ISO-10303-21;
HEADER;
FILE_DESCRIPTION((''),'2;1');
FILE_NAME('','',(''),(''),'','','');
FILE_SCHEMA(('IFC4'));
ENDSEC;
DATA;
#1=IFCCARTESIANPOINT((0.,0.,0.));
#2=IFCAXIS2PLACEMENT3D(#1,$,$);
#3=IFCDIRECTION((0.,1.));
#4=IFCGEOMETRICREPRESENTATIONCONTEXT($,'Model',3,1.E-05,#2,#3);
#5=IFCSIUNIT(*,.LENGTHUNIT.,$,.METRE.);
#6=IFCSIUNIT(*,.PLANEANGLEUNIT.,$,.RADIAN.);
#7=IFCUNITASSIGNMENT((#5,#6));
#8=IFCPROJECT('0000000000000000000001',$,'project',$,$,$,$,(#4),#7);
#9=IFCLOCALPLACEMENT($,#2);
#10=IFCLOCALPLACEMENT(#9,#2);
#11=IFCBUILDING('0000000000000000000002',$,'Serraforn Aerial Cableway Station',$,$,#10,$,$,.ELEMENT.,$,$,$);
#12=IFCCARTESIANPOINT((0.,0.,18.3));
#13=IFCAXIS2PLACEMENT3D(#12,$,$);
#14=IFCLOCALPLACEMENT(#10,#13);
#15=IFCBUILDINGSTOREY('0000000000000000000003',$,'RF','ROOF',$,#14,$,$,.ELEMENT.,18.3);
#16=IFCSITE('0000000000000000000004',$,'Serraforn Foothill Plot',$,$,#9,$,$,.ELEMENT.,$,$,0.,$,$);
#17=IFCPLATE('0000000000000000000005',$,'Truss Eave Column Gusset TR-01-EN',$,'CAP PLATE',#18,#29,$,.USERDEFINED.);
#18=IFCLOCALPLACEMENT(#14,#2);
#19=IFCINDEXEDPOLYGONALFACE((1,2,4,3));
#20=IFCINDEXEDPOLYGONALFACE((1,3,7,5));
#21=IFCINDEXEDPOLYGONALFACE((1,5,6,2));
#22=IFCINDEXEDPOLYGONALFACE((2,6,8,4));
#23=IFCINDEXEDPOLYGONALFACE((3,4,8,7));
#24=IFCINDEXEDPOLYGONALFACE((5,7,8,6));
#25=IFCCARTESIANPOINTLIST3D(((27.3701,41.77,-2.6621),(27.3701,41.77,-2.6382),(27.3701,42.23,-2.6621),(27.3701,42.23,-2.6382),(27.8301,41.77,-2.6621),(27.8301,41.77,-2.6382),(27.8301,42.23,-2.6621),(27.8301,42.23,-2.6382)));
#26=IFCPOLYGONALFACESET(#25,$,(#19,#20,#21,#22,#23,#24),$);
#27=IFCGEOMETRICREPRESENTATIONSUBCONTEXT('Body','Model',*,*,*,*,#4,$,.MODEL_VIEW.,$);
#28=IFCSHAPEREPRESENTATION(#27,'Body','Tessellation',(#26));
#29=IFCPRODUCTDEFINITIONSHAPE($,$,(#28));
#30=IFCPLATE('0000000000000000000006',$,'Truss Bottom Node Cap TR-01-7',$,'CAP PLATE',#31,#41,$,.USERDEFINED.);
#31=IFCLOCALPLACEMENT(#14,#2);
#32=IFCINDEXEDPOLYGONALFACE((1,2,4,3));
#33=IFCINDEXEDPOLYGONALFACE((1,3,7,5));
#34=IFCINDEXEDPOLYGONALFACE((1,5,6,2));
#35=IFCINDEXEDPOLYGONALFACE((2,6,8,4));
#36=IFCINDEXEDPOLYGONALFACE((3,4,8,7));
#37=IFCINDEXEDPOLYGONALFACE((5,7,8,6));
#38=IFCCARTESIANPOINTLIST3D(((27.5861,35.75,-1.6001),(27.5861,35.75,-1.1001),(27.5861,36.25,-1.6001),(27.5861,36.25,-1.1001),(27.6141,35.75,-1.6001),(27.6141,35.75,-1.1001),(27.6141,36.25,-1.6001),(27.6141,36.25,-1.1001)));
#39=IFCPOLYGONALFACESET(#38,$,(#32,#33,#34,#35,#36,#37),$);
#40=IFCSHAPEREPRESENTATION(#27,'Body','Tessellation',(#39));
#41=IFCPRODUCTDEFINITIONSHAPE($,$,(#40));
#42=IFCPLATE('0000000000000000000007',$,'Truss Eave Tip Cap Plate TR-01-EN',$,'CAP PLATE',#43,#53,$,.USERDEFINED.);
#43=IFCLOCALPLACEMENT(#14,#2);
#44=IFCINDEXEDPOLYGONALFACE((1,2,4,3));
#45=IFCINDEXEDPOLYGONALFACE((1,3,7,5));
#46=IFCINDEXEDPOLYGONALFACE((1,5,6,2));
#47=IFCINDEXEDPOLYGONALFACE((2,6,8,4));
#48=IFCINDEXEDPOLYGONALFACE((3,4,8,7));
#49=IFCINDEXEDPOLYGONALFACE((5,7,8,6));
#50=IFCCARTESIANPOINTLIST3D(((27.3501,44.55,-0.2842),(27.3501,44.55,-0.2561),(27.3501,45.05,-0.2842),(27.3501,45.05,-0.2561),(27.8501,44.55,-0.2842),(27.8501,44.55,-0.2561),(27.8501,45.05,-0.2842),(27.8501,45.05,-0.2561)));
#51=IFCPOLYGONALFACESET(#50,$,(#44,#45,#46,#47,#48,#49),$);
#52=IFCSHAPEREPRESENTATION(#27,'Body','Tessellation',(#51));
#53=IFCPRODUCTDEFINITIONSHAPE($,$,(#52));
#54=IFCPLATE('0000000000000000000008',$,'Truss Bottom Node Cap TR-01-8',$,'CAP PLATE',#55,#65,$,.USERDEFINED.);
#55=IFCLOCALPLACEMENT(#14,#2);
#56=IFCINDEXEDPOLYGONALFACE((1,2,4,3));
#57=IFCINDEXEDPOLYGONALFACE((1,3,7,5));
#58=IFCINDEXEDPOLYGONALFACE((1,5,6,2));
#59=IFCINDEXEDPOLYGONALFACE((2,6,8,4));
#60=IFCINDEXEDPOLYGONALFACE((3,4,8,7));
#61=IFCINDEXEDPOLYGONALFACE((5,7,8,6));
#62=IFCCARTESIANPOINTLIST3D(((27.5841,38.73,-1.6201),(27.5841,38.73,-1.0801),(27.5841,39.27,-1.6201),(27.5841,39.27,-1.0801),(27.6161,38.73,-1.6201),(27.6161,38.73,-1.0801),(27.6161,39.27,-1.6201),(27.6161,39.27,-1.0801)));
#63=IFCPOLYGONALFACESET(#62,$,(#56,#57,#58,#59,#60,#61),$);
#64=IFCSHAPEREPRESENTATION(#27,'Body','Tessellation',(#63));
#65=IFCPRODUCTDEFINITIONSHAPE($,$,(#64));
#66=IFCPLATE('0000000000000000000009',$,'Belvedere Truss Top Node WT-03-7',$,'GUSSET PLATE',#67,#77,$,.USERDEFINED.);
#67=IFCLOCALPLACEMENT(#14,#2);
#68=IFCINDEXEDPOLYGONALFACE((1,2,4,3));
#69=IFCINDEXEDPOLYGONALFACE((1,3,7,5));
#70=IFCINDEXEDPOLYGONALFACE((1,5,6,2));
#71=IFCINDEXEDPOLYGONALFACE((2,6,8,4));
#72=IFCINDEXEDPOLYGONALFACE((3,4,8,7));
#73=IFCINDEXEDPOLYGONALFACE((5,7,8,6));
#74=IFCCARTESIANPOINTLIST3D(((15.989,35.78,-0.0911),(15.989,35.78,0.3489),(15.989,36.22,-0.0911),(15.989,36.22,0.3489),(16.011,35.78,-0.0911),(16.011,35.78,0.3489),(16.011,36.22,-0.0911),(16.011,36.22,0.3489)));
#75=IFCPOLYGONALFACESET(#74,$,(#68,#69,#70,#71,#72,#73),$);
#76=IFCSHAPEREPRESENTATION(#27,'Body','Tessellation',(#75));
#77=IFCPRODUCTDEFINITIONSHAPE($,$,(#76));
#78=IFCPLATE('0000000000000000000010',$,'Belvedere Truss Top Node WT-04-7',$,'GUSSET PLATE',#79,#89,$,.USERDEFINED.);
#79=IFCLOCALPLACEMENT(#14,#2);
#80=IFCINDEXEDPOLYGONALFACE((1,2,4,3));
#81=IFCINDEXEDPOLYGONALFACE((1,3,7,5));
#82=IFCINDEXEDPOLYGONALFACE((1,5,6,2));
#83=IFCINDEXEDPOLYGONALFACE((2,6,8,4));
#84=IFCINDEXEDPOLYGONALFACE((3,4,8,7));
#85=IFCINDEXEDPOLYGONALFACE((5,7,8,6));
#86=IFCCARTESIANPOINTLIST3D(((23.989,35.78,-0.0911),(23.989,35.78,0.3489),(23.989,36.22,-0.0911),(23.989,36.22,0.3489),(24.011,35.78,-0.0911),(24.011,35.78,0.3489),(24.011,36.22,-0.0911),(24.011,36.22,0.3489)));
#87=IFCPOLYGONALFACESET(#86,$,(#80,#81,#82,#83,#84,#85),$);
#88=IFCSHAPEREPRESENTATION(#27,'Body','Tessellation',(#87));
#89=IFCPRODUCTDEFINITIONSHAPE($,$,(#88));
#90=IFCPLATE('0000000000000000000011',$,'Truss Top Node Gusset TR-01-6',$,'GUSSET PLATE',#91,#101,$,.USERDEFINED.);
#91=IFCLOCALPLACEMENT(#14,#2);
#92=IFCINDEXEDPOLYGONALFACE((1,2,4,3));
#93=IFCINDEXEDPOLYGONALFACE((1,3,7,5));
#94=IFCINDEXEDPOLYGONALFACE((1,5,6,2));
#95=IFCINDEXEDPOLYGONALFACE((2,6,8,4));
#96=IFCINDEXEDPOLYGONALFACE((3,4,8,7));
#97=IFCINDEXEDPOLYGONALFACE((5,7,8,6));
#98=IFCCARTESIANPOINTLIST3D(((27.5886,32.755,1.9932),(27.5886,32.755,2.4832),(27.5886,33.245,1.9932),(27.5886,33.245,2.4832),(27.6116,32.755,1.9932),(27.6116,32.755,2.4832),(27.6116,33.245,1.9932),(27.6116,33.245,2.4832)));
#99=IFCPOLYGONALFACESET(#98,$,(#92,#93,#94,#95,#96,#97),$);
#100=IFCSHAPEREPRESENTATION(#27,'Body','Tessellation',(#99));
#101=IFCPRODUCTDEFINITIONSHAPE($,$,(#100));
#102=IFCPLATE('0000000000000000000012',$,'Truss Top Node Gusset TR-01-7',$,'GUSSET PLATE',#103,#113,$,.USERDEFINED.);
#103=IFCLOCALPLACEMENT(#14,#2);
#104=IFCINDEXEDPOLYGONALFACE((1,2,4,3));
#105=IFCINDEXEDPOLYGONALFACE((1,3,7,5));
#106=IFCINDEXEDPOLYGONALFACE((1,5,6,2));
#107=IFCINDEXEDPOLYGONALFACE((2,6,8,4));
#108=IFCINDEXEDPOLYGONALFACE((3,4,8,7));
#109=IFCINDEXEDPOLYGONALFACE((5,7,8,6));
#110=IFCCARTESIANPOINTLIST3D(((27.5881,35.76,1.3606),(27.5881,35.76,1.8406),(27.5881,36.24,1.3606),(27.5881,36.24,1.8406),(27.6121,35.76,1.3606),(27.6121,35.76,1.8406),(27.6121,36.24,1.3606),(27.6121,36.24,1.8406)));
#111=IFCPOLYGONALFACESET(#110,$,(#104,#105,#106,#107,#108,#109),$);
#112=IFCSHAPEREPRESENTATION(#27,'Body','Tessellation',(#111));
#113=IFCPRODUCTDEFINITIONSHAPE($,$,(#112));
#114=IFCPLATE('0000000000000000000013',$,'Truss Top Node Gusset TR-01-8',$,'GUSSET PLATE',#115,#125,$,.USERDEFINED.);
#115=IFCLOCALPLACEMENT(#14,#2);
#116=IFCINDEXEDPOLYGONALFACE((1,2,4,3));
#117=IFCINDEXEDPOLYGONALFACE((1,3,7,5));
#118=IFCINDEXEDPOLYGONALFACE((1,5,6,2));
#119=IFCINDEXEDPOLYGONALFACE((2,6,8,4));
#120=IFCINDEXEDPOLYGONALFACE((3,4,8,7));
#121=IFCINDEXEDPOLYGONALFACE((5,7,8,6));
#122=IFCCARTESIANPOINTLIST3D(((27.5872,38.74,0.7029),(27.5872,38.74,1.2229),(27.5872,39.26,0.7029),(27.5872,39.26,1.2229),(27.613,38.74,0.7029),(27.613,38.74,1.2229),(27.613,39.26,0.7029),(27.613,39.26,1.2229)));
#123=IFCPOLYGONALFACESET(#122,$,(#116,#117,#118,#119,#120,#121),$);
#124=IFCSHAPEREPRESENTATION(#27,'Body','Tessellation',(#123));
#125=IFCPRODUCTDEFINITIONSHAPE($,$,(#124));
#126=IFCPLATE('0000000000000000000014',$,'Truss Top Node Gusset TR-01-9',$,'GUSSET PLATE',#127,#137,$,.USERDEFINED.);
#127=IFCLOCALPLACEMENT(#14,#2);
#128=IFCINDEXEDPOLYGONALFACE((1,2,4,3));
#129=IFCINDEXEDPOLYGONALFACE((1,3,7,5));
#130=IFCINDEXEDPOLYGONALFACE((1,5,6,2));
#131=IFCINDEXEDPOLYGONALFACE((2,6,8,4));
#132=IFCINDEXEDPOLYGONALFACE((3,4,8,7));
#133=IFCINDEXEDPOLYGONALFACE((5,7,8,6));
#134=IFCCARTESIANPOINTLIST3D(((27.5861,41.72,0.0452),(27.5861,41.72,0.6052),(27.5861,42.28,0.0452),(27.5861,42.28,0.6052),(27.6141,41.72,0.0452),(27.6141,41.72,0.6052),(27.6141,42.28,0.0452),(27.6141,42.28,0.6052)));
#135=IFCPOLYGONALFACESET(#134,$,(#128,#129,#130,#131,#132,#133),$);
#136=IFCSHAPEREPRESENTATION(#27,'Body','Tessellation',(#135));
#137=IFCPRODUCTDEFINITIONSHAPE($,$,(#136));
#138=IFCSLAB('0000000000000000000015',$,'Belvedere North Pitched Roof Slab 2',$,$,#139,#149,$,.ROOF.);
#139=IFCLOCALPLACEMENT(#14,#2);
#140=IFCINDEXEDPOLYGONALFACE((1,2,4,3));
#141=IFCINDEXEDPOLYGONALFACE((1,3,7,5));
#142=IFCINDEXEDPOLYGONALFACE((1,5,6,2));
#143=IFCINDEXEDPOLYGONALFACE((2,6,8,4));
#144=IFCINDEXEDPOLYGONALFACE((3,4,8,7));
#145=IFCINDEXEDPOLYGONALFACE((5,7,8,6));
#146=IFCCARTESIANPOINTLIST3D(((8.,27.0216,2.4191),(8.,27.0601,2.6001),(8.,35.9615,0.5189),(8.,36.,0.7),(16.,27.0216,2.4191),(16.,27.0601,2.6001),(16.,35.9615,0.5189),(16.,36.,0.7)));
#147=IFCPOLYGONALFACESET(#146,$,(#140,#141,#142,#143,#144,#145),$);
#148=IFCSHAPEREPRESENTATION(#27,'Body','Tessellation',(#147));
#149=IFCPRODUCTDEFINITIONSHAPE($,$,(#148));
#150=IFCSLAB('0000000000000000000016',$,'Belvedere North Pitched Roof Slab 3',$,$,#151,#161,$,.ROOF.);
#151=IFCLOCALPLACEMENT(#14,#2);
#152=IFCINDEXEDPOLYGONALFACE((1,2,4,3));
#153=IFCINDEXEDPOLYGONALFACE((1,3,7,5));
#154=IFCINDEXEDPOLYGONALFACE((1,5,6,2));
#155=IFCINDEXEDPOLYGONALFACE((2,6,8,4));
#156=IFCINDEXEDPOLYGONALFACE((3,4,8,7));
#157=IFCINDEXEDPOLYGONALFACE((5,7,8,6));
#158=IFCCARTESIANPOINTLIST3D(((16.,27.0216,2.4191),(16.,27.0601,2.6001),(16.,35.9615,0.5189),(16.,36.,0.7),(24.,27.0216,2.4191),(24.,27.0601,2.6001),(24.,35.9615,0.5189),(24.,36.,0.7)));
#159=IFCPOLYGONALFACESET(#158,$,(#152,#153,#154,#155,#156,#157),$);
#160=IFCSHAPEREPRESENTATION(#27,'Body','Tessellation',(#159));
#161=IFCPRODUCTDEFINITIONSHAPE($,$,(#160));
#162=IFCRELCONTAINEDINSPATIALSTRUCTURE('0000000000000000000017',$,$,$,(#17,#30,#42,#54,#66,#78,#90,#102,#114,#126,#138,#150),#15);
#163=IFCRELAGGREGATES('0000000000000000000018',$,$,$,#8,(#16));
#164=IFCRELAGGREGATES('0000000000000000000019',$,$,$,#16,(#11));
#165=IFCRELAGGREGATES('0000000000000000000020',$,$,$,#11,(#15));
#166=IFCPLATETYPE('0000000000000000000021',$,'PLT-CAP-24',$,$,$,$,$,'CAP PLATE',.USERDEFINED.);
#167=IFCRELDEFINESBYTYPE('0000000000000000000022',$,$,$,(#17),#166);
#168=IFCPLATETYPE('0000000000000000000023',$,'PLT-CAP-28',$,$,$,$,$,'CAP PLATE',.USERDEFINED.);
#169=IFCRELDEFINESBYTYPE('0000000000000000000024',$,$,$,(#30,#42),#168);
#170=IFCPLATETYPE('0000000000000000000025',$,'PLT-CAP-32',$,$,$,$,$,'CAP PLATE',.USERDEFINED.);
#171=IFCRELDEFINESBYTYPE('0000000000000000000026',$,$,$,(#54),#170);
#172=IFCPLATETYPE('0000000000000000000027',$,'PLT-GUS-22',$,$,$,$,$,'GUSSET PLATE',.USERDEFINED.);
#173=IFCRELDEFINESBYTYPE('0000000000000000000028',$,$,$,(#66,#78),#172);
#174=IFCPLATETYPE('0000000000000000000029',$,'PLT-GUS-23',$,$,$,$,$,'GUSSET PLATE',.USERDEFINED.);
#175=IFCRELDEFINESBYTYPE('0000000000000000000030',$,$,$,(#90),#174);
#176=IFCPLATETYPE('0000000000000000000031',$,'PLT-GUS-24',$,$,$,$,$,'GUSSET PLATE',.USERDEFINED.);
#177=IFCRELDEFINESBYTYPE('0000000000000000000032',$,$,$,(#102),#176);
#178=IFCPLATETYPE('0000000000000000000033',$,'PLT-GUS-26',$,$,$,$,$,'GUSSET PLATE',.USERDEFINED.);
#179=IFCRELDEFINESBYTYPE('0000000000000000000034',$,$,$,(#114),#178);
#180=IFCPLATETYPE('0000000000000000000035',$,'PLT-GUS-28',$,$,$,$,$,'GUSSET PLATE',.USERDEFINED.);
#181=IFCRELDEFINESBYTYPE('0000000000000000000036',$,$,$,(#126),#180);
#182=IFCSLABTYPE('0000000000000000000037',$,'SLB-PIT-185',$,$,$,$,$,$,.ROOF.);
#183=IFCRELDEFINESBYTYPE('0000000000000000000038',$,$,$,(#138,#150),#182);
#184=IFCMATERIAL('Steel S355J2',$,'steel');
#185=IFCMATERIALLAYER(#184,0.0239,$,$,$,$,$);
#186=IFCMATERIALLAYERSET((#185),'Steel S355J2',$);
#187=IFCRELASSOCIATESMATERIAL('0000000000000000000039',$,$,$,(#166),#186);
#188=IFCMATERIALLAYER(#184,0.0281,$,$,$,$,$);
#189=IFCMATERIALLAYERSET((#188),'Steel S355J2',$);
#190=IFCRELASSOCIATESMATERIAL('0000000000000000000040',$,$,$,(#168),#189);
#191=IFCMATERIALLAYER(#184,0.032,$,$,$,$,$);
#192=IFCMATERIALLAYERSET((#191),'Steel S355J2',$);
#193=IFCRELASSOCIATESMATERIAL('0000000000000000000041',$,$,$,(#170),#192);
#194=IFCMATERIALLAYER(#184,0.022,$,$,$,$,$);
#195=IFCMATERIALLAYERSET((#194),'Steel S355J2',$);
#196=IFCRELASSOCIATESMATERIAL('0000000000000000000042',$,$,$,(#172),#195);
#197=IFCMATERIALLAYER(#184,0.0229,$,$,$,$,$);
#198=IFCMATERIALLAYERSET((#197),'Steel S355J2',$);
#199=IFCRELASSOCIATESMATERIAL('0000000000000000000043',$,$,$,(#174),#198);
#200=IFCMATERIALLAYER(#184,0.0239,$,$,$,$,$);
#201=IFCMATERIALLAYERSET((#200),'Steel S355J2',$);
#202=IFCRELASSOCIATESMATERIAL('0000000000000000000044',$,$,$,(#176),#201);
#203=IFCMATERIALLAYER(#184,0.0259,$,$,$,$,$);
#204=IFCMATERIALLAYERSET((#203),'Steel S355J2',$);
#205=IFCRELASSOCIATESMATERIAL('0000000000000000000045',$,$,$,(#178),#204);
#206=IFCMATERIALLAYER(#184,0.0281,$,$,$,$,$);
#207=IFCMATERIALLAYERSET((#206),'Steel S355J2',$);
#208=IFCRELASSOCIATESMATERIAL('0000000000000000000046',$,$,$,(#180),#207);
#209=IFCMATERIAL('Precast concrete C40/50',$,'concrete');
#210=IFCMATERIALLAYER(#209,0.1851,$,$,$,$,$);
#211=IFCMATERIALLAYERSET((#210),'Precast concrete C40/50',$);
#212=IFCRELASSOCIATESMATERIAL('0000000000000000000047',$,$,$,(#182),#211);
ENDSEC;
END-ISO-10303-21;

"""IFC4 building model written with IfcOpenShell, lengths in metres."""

from ifc_helpers import new_model, si_unit, direction, frame, origin, origin_2d, place, context, subcontext, project, spatial, polyline, rectangle, outline, extrude, material, layer, layer_set, type_object, element, save


model = new_model("IFC4")

# Units and contexts
model_context = context("Model", 3, precision=1e-05, world=origin(), true_north=direction((0.0, 1.0)))
body_context = subcontext(model_context, "Body", "Model", "MODEL_VIEW")
ifc_project = project(units=[si_unit("LENGTHUNIT", "METRE"), si_unit("PLANEANGLEUNIT", "RADIAN")], contexts=[model_context])

# Site, building, storey
site_placement = place(None, origin())
site = spatial("IfcSite", under=ifc_project, at=site_placement, Name="Serraforn Foothill Plot", CompositionType="ELEMENT", RefElevation=0.0)
building_placement = place(site_placement, origin())
building = spatial("IfcBuilding", under=site, at=building_placement, Name="Serraforn Aerial Cableway Station", CompositionType="ELEMENT")
storey_placement = place(building_placement, frame((0.0, 0.0, 18.3)))
storey = spatial("IfcBuildingStorey", under=building, at=storey_placement, Name="RF", Description="ROOF", CompositionType="ELEMENT", Elevation=18.3)

# Shared definitions
ifc_material_1 = material(Name="Steel S355J2", Category="steel")

# Plates
ifc_layer_1 = layer(ifc_material_1, 0.0239)
ifc_layer_set_1 = layer_set([ifc_layer_1], Name="Steel S355J2")
plate_type_1 = type_object("IfcPlateType", Name="PLT-CAP-24", ElementType="CAP PLATE", PredefinedType="USERDEFINED", material=ifc_layer_set_1)
plate_1_placement = place(storey_placement, frame((27.6001, 42.0, -2.6621), z_axis=(0.0, 0.0, 1.0), x_axis=(1.0, 0.0, 0.0)))
element("IfcPlate", 1, at=plate_1_placement, inside=storey, type_object=plate_type_1, Name="Truss Eave Column Gusset TR-01-EN", ObjectType="CAP PLATE", PredefinedType="USERDEFINED", context=body_context, shape_type="SweptSolid", body=[
    extrude(rectangle(XDim=0.46, YDim=0.46, at=origin_2d()), origin(), (0.0, 0.0, 1.0), 0.0239),
])
ifc_layer_2 = layer(ifc_material_1, 0.0281)
ifc_layer_set_2 = layer_set([ifc_layer_2], Name="Steel S355J2")
plate_type_2 = type_object("IfcPlateType", Name="PLT-CAP-28", ElementType="CAP PLATE", PredefinedType="USERDEFINED", material=ifc_layer_set_2)
plate_2_placement = place(storey_placement, frame((27.6001, 36.0, -1.6001), z_axis=(0.0, 0.0, 1.0), x_axis=(1.0, 0.0, 0.0)))
element("IfcPlate", 2, at=plate_2_placement, inside=storey, type_object=plate_type_2, Name="Truss Bottom Node Cap TR-01-7", ObjectType="CAP PLATE", PredefinedType="USERDEFINED", context=body_context, shape_type="SweptSolid", body=[
    extrude(rectangle(XDim=0.0281, YDim=0.5, at=origin_2d()), origin(), (0.0, 0.0, 1.0), 0.5),
])
plate_3_placement = place(storey_placement, frame((27.6001, 44.8, -0.2842), z_axis=(0.0, 0.0, 1.0), x_axis=(1.0, 0.0, 0.0)))
element("IfcPlate", 3, at=plate_3_placement, inside=storey, type_object=plate_type_2, Name="Truss Eave Tip Cap Plate TR-01-EN", ObjectType="CAP PLATE", PredefinedType="USERDEFINED", context=body_context, shape_type="SweptSolid", body=[
    extrude(rectangle(XDim=0.5, YDim=0.5, at=origin_2d()), origin(), (0.0, 0.0, 1.0), 0.0281),
])
ifc_layer_3 = layer(ifc_material_1, 0.032)
ifc_layer_set_3 = layer_set([ifc_layer_3], Name="Steel S355J2")
plate_type_3 = type_object("IfcPlateType", Name="PLT-CAP-32", ElementType="CAP PLATE", PredefinedType="USERDEFINED", material=ifc_layer_set_3)
plate_4_placement = place(storey_placement, frame((27.6001, 39.0, -1.6201), z_axis=(0.0, 0.0, 1.0), x_axis=(1.0, 0.0, 0.0)))
element("IfcPlate", 4, at=plate_4_placement, inside=storey, type_object=plate_type_3, Name="Truss Bottom Node Cap TR-01-8", ObjectType="CAP PLATE", PredefinedType="USERDEFINED", context=body_context, shape_type="SweptSolid", body=[
    extrude(rectangle(XDim=0.032, YDim=0.54, at=origin_2d()), origin(), (0.0, 0.0, 1.0), 0.54),
])
ifc_layer_4 = layer(ifc_material_1, 0.022)
ifc_layer_set_4 = layer_set([ifc_layer_4], Name="Steel S355J2")
plate_type_4 = type_object("IfcPlateType", Name="PLT-GUS-22", ElementType="GUSSET PLATE", PredefinedType="USERDEFINED", material=ifc_layer_set_4)
for number, where, z_axis, x_axis, name in (
    (5, (16.0, 36.0, -0.0911), (0.0, 0.0, 1.0), (1.0, 0.0, 0.0), "Belvedere Truss Top Node WT-03-7"),
    (6, (24.0, 36.0, -0.0911), (0.0, 0.0, 1.0), (1.0, 0.0, 0.0), "Belvedere Truss Top Node WT-04-7"),
):
    element("IfcPlate", number, at=place(storey_placement, frame(where, z_axis=z_axis, x_axis=x_axis)), inside=storey, type_object=plate_type_4, Name=name, ObjectType="GUSSET PLATE", PredefinedType="USERDEFINED", context=body_context, shape_type="SweptSolid", body=[
        extrude(rectangle(XDim=0.022, YDim=0.4399, at=origin_2d()), origin(), (0.0, 0.0, 1.0), 0.4399),
    ])
ifc_layer_5 = layer(ifc_material_1, 0.0229)
ifc_layer_set_5 = layer_set([ifc_layer_5], Name="Steel S355J2")
plate_type_5 = type_object("IfcPlateType", Name="PLT-GUS-23", ElementType="GUSSET PLATE", PredefinedType="USERDEFINED", material=ifc_layer_set_5)
plate_5_placement = place(storey_placement, frame((27.6001, 33.0, 1.9932), z_axis=(0.0, 0.0, 1.0), x_axis=(1.0, 0.0, 0.0)))
element("IfcPlate", 7, at=plate_5_placement, inside=storey, type_object=plate_type_5, Name="Truss Top Node Gusset TR-01-6", ObjectType="GUSSET PLATE", PredefinedType="USERDEFINED", context=body_context, shape_type="SweptSolid", body=[
    extrude(rectangle(XDim=0.0229, YDim=0.49, at=origin_2d()), origin(), (0.0, 0.0, 1.0), 0.49),
])
ifc_layer_6 = layer(ifc_material_1, 0.0239)
ifc_layer_set_6 = layer_set([ifc_layer_6], Name="Steel S355J2")
plate_type_6 = type_object("IfcPlateType", Name="PLT-GUS-24", ElementType="GUSSET PLATE", PredefinedType="USERDEFINED", material=ifc_layer_set_6)
plate_6_placement = place(storey_placement, frame((27.6001, 36.0, 1.3606), z_axis=(0.0, 0.0, 1.0), x_axis=(1.0, 0.0, 0.0)))
element("IfcPlate", 8, at=plate_6_placement, inside=storey, type_object=plate_type_6, Name="Truss Top Node Gusset TR-01-7", ObjectType="GUSSET PLATE", PredefinedType="USERDEFINED", context=body_context, shape_type="SweptSolid", body=[
    extrude(rectangle(XDim=0.0239, YDim=0.48, at=origin_2d()), origin(), (0.0, 0.0, 1.0), 0.48),
])
ifc_layer_7 = layer(ifc_material_1, 0.0259)
ifc_layer_set_7 = layer_set([ifc_layer_7], Name="Steel S355J2")
plate_type_7 = type_object("IfcPlateType", Name="PLT-GUS-26", ElementType="GUSSET PLATE", PredefinedType="USERDEFINED", material=ifc_layer_set_7)
plate_7_placement = place(storey_placement, frame((27.6001, 39.0, 0.7029), z_axis=(0.0, 0.0, 1.0), x_axis=(1.0, 0.0, 0.0)))
element("IfcPlate", 9, at=plate_7_placement, inside=storey, type_object=plate_type_7, Name="Truss Top Node Gusset TR-01-8", ObjectType="GUSSET PLATE", PredefinedType="USERDEFINED", context=body_context, shape_type="SweptSolid", body=[
    extrude(rectangle(XDim=0.0259, YDim=0.52, at=origin_2d()), origin(), (0.0, 0.0, 1.0), 0.52),
])
ifc_layer_8 = layer(ifc_material_1, 0.0281)
ifc_layer_set_8 = layer_set([ifc_layer_8], Name="Steel S355J2")
plate_type_8 = type_object("IfcPlateType", Name="PLT-GUS-28", ElementType="GUSSET PLATE", PredefinedType="USERDEFINED", material=ifc_layer_set_8)
plate_8_placement = place(storey_placement, frame((27.6001, 42.0, 0.0452), z_axis=(0.0, 0.0, 1.0), x_axis=(1.0, 0.0, 0.0)))
element("IfcPlate", 10, at=plate_8_placement, inside=storey, type_object=plate_type_8, Name="Truss Top Node Gusset TR-01-9", ObjectType="GUSSET PLATE", PredefinedType="USERDEFINED", context=body_context, shape_type="SweptSolid", body=[
    extrude(rectangle(XDim=0.0281, YDim=0.5601, at=origin_2d()), origin(), (0.0, 0.0, 1.0), 0.5601),
])

# Slabs
ifc_material_2 = material(Name="Precast concrete C40/50", Category="concrete")
ifc_layer_9 = layer(ifc_material_2, 0.1851)
ifc_layer_set_9 = layer_set([ifc_layer_9], Name="Precast concrete C40/50")
slab_type = type_object("IfcSlabType", Name="SLB-PIT-185", PredefinedType="ROOF", material=ifc_layer_set_9)
for number, where, z_axis, x_axis, name in (
    (11, (16.0, 36.0, 0.7), (0.0, 0.207902, 0.97815), (-1.0, 0.0, 0.0), "Belvedere North Pitched Roof Slab 2"),
    (12, (24.0, 36.0, 0.7), (0.0, 0.207902, 0.97815), (-1.0, 0.0, 0.0), "Belvedere North Pitched Roof Slab 3"),
):
    element("IfcSlab", number, at=place(storey_placement, frame(where, z_axis=z_axis, x_axis=x_axis)), inside=storey, type_object=slab_type, Name=name, PredefinedType="ROOF", context=body_context, shape_type="SweptSolid", body=[
        extrude(outline(polyline([(0.0, 0.0), (8.0, 0.0), (8.0, 9.1396), (0.0, 9.1396), (0.0, 0.0)])), origin(), (0.0, 0.0, -1.0), 0.1851),
    ])

save(model, "model.ifc")
